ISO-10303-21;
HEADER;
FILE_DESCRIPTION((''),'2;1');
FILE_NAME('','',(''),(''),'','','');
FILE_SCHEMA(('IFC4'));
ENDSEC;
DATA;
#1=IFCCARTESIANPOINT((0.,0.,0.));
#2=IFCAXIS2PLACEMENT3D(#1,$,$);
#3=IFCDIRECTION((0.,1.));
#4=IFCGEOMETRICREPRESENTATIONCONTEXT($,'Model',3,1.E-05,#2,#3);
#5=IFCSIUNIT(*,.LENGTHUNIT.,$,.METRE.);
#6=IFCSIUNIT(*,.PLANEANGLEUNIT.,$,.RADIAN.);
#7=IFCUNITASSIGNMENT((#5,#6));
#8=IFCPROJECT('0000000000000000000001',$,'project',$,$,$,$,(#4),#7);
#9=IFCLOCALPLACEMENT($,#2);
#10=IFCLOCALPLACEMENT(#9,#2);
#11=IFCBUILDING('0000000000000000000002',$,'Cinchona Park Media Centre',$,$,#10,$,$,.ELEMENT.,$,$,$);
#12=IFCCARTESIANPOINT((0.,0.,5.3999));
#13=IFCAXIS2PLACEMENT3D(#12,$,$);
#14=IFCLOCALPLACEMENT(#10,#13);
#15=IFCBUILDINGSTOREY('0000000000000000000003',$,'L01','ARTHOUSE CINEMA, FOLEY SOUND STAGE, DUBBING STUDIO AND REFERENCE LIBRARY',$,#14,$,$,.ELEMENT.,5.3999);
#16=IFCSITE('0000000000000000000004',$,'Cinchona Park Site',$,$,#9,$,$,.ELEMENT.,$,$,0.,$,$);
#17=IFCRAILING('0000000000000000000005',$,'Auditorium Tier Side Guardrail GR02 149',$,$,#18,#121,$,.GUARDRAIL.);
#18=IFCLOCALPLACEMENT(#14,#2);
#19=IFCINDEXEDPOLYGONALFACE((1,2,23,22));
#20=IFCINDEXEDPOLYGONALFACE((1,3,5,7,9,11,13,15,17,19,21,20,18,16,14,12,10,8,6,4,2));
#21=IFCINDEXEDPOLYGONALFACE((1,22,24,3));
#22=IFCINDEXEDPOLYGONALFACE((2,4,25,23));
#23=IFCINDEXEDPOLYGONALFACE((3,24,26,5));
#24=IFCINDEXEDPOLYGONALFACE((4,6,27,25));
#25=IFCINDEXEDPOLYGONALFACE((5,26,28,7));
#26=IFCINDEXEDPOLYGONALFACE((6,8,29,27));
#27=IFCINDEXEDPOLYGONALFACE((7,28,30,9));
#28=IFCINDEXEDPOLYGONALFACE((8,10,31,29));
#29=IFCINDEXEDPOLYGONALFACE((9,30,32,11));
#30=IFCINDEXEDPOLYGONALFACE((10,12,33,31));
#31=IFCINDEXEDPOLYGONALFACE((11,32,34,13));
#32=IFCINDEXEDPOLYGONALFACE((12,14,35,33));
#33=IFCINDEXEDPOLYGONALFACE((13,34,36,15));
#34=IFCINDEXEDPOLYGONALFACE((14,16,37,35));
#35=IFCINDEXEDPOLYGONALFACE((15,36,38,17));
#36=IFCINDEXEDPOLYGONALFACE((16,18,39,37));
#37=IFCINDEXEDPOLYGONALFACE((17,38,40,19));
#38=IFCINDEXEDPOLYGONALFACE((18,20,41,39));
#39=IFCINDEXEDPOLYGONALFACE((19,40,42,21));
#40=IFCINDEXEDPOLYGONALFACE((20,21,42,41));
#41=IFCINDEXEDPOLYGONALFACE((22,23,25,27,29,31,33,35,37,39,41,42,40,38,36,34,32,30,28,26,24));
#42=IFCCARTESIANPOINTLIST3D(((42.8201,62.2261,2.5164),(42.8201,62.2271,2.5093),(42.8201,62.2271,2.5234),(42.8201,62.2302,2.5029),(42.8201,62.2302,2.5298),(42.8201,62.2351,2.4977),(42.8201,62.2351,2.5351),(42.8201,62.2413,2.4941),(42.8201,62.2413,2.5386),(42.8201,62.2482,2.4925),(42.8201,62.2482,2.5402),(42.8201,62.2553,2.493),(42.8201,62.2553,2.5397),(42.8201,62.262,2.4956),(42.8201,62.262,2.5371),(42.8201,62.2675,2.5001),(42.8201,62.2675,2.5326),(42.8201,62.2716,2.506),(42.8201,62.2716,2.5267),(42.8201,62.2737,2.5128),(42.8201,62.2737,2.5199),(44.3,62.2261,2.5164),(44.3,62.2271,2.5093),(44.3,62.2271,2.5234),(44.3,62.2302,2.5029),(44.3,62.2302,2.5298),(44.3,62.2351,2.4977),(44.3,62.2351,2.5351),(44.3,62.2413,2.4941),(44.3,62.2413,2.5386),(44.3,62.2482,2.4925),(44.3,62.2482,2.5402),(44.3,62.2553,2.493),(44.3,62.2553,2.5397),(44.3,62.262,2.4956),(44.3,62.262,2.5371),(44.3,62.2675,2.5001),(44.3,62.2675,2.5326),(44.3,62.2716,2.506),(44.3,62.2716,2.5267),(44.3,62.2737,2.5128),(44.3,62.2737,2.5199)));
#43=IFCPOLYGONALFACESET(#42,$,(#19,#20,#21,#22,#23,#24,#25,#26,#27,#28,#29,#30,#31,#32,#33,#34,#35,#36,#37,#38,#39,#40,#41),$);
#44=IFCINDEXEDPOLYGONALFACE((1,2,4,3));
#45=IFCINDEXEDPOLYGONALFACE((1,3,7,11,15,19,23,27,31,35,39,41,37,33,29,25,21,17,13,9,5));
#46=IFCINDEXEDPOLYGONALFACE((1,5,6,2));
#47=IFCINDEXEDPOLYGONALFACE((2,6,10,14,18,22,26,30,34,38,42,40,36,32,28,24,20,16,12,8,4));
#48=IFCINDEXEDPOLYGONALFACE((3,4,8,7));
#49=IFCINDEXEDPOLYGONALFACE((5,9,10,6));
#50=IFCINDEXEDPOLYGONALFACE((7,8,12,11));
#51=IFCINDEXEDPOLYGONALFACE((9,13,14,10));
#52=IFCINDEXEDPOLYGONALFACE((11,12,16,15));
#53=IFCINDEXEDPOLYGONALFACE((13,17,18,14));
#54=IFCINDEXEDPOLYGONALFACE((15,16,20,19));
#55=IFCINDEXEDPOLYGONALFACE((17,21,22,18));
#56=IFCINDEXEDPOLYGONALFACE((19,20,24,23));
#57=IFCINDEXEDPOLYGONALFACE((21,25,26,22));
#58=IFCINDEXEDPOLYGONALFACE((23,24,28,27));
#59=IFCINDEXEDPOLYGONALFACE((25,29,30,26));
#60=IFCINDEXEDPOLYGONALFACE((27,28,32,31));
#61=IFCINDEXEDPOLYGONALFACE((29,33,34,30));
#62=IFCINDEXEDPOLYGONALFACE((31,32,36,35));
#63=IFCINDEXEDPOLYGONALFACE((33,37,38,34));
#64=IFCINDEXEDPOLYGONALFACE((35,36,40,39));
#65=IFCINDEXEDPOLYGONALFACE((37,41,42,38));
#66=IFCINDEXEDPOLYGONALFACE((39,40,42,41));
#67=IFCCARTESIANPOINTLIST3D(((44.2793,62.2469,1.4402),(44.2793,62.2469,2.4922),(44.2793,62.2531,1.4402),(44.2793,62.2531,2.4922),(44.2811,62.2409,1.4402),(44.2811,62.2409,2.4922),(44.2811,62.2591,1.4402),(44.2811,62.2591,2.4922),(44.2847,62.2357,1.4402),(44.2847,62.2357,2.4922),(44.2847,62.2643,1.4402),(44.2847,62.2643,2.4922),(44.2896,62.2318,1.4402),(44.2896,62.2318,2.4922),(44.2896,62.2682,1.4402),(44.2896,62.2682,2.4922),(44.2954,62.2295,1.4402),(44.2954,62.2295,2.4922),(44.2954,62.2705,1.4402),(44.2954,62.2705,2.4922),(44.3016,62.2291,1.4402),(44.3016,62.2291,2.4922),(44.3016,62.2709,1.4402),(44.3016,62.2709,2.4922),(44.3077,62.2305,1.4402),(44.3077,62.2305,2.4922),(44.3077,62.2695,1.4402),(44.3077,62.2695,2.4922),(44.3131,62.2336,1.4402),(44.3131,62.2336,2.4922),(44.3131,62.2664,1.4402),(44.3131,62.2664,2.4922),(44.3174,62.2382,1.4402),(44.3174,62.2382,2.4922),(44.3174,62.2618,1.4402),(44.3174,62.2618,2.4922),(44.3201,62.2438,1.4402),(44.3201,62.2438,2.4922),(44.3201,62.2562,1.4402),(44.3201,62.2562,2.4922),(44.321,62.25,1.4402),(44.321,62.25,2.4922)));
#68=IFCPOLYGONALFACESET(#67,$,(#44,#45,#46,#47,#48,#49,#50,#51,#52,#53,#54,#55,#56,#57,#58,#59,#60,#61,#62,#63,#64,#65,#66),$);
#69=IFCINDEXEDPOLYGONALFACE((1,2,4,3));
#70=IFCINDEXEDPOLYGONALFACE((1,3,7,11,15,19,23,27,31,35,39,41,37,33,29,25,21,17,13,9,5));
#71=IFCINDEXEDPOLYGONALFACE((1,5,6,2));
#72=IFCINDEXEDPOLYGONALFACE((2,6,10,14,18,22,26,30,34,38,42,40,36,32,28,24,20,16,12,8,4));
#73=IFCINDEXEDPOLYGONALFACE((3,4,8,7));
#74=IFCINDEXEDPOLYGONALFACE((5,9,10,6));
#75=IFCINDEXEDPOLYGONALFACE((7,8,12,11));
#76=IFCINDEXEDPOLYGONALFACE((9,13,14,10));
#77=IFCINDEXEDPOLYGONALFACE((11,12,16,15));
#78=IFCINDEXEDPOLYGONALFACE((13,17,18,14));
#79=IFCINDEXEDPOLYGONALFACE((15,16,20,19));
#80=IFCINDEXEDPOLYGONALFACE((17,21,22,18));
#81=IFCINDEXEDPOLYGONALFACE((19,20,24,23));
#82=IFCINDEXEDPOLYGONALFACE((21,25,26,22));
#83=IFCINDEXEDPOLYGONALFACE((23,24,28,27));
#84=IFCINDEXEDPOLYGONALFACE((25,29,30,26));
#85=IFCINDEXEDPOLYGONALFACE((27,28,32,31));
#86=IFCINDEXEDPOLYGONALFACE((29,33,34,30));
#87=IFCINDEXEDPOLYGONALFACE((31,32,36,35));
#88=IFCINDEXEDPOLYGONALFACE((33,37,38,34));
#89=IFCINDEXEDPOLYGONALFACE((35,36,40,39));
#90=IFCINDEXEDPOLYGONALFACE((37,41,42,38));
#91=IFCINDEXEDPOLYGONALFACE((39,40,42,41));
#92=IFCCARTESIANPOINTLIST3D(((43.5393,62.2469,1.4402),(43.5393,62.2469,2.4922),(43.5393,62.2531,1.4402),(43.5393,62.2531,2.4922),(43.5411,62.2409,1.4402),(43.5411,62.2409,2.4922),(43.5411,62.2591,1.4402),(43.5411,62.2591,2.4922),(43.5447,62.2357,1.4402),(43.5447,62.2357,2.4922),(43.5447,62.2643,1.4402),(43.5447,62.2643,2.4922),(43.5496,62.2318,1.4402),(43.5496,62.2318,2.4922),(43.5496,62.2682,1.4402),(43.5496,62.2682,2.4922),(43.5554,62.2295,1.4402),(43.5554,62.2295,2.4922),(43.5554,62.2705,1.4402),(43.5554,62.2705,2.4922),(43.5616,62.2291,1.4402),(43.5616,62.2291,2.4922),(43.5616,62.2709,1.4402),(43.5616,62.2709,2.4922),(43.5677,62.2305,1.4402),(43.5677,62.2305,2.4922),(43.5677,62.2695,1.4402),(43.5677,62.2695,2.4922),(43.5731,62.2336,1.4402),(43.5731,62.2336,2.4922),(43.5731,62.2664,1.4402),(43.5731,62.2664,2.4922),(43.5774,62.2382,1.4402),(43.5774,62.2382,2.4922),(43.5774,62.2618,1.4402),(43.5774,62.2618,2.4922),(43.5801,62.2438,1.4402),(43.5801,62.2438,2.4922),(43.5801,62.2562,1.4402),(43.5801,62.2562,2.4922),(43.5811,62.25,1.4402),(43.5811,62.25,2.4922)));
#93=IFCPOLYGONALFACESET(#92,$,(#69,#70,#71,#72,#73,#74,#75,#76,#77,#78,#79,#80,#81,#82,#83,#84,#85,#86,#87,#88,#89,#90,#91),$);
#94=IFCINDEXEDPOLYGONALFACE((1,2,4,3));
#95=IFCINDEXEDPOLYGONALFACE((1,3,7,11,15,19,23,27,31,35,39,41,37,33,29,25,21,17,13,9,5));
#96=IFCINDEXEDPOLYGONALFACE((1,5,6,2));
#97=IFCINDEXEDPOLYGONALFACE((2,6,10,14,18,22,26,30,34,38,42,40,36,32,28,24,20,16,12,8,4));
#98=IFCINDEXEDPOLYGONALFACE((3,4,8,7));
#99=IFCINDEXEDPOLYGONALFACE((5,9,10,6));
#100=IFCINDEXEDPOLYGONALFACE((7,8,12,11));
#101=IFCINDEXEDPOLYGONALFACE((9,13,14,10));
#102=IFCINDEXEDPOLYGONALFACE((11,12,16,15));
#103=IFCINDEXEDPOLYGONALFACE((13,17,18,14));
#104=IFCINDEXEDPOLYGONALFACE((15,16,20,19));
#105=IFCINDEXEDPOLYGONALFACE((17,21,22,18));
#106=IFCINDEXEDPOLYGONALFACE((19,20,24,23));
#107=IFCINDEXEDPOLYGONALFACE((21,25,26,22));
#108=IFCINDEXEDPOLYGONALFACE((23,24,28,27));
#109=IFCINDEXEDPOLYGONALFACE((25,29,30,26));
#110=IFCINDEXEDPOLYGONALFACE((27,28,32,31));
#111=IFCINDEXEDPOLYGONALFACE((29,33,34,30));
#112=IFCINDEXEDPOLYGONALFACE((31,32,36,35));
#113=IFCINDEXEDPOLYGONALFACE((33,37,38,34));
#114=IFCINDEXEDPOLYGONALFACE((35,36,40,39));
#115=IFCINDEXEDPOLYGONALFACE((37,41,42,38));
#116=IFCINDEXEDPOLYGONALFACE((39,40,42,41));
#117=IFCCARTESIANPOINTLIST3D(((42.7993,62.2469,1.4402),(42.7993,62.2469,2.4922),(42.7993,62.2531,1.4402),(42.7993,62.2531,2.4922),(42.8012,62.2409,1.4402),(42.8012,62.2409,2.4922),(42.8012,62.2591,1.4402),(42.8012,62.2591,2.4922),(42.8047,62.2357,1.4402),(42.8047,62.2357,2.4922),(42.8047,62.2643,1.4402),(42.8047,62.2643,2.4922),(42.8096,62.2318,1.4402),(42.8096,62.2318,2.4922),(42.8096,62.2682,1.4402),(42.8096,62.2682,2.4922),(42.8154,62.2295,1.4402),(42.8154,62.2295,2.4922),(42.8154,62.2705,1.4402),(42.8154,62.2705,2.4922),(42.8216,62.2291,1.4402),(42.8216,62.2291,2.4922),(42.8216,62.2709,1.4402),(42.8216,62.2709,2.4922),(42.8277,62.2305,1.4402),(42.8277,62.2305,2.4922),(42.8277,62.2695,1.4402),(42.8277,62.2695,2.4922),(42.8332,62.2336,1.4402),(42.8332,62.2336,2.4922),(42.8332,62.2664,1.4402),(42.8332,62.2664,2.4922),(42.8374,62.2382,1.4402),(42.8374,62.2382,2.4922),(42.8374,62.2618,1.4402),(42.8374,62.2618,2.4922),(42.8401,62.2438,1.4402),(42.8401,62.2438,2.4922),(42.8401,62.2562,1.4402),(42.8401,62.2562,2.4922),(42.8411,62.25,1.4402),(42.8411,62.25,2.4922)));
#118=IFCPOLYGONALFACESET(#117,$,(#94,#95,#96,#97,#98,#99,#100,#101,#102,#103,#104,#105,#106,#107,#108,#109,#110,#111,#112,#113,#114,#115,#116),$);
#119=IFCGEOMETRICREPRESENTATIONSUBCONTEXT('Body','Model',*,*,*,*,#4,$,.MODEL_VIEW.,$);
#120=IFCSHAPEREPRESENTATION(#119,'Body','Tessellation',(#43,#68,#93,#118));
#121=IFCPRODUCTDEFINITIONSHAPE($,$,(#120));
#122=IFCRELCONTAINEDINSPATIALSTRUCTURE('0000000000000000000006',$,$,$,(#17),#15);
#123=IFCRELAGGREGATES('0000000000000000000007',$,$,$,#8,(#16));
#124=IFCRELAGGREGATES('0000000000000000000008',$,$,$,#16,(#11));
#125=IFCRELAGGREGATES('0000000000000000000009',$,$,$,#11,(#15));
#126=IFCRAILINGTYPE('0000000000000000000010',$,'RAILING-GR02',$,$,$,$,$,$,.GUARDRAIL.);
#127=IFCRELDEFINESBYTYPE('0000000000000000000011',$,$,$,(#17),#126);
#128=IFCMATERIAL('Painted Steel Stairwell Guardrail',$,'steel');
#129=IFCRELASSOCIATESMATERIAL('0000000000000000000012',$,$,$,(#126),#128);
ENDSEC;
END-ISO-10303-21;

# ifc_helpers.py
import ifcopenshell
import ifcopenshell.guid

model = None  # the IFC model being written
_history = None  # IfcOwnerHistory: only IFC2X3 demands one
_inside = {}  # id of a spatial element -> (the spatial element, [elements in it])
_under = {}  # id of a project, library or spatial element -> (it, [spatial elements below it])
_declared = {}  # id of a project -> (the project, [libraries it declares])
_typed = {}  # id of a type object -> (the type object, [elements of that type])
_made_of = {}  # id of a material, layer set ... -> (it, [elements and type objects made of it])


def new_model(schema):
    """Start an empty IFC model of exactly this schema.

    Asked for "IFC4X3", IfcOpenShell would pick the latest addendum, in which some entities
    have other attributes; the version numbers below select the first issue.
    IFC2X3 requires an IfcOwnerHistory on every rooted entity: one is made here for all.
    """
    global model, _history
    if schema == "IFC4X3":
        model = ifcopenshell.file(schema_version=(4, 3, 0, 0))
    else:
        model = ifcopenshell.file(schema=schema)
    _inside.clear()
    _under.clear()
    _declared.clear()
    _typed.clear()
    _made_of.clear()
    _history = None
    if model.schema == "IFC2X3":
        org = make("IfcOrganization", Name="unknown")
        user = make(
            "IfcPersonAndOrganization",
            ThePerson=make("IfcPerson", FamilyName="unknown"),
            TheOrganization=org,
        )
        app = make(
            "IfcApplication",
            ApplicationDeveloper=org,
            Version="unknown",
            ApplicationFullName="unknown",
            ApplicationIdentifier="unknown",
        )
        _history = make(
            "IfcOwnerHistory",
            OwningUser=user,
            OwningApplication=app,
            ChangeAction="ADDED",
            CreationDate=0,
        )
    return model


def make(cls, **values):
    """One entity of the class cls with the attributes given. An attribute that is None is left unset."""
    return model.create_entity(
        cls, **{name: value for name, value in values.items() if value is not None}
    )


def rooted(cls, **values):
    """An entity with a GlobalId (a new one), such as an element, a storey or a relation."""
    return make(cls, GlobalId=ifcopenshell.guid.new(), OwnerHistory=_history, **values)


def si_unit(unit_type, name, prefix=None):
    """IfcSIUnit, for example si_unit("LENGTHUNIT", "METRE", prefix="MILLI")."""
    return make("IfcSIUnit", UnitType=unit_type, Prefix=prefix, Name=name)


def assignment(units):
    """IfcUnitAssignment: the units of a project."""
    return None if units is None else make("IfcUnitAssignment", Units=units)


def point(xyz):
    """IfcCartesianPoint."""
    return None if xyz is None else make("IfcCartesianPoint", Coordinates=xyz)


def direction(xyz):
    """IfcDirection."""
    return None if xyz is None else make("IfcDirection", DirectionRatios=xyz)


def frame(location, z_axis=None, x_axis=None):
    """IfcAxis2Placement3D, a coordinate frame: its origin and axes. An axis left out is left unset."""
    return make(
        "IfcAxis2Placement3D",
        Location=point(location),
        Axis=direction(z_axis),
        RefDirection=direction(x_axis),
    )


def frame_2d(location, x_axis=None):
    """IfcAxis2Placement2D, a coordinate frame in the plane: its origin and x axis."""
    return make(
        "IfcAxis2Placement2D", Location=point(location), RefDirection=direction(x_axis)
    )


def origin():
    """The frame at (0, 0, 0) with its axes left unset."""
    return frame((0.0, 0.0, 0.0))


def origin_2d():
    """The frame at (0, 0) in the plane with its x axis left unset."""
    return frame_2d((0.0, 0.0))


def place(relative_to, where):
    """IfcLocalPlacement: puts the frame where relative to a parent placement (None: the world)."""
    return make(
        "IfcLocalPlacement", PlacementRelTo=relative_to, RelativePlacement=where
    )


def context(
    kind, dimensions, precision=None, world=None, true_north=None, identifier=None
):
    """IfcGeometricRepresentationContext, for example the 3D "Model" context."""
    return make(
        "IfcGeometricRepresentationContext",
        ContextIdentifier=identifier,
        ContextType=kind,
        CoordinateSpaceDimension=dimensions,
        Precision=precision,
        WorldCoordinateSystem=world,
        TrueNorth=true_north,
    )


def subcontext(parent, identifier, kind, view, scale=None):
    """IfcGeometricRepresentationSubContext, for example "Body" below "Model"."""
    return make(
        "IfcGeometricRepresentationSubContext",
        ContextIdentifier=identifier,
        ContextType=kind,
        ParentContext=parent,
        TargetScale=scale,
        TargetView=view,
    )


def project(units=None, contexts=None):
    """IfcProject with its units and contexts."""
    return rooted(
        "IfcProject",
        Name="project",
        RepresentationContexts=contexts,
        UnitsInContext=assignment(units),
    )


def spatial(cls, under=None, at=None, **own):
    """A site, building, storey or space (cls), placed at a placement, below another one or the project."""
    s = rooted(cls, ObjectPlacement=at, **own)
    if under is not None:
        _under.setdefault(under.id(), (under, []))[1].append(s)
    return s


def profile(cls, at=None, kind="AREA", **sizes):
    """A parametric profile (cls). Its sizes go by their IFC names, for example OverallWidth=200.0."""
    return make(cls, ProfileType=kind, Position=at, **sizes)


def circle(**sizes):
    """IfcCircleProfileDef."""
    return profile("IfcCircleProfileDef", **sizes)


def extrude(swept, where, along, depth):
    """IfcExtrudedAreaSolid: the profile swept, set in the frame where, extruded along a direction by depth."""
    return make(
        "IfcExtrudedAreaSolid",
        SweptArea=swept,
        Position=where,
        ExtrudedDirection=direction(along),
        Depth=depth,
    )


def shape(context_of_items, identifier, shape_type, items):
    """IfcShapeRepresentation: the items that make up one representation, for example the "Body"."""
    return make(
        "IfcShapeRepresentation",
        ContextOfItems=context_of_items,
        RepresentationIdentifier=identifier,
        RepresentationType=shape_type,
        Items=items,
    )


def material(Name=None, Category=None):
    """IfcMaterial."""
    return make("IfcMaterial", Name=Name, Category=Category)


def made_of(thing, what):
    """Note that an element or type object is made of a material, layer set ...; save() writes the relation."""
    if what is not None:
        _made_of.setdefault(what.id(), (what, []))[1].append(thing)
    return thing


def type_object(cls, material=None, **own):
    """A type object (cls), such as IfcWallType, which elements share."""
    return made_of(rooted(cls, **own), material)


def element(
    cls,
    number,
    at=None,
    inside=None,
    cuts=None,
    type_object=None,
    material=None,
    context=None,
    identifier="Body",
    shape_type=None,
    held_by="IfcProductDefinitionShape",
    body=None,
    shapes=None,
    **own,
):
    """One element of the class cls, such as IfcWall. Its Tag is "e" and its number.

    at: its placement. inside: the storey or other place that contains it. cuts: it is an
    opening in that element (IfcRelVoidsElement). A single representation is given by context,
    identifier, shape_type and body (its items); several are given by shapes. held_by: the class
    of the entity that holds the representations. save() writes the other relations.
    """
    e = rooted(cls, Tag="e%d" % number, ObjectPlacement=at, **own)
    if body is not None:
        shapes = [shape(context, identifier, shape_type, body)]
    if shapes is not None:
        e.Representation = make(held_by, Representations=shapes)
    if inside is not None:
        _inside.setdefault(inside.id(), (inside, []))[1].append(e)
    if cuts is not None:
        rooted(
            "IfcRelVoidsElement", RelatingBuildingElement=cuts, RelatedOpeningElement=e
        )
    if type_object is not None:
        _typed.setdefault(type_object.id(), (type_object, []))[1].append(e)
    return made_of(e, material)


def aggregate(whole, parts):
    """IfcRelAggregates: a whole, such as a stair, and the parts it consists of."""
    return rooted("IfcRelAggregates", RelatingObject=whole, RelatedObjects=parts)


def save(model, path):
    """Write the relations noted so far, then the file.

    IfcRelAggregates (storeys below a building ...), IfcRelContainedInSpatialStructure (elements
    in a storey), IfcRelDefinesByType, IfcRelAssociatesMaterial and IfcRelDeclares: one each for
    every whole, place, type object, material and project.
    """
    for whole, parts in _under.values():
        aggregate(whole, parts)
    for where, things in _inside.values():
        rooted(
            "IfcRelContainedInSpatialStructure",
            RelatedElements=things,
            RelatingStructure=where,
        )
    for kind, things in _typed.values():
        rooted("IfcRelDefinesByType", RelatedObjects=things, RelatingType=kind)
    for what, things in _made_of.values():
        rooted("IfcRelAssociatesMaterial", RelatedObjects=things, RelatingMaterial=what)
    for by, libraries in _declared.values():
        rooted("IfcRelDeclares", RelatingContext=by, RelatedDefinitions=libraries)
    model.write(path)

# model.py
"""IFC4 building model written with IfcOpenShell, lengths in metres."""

from ifc_helpers import new_model, si_unit, direction, frame, origin, origin_2d, place, context, subcontext, project, spatial, circle, extrude, material, type_object, element, save


model = new_model("IFC4")

# Units and contexts
model_context = context("Model", 3, precision=1e-05, world=origin(), true_north=direction((0.0, 1.0)))
body_context = subcontext(model_context, "Body", "Model", "MODEL_VIEW")
ifc_project = project(units=[si_unit("LENGTHUNIT", "METRE"), si_unit("PLANEANGLEUNIT", "RADIAN")], contexts=[model_context])

# Site, building, storey
site_placement = place(None, origin())
site = spatial("IfcSite", under=ifc_project, at=site_placement, Name="Cinchona Park Site", CompositionType="ELEMENT", RefElevation=0.0)
building_placement = place(site_placement, origin())
building = spatial("IfcBuilding", under=site, at=building_placement, Name="Cinchona Park Media Centre", CompositionType="ELEMENT")
storey_placement = place(building_placement, frame((0.0, 0.0, 5.3999)))
storey = spatial("IfcBuildingStorey", under=building, at=storey_placement, Name="L01", Description="ARTHOUSE CINEMA, FOLEY SOUND STAGE, DUBBING STUDIO AND REFERENCE LIBRARY", CompositionType="ELEMENT", Elevation=5.3999)

# Railing
ifc_material_1 = material(Name="Painted Steel Stairwell Guardrail", Category="steel")
railing_type_1 = type_object("IfcRailingType", Name="RAILING-GR02", PredefinedType="GUARDRAIL", material=ifc_material_1)
railing_1_placement = place(storey_placement, frame((44.3, 62.25, 1.4402)))
element("IfcRailing", 1, at=railing_1_placement, inside=storey, type_object=railing_type_1, Name="Auditorium Tier Side Guardrail GR02 149", PredefinedType="GUARDRAIL", context=body_context, shape_type="SweptSolid", body=[
    extrude(circle(Radius=0.0239, at=origin_2d()), frame((0.0, 0.0, 1.0762), z_axis=(-1.0, 0.0, 0.0), x_axis=(0.0, -1.0, 0.0)), (0.0, 0.0, 1.0), 1.48),
    extrude(circle(Radius=0.021, at=origin_2d()), origin(), (0.0, 0.0, 1.0), 1.052),
    extrude(circle(Radius=0.021, at=origin_2d()), frame((-0.74, 0.0, 0.0)), (0.0, 0.0, 1.0), 1.052),
    extrude(circle(Radius=0.021, at=origin_2d()), frame((-1.48, 0.0, 0.0)), (0.0, 0.0, 1.0), 1.052),
])

save(model, "model.ifc")
